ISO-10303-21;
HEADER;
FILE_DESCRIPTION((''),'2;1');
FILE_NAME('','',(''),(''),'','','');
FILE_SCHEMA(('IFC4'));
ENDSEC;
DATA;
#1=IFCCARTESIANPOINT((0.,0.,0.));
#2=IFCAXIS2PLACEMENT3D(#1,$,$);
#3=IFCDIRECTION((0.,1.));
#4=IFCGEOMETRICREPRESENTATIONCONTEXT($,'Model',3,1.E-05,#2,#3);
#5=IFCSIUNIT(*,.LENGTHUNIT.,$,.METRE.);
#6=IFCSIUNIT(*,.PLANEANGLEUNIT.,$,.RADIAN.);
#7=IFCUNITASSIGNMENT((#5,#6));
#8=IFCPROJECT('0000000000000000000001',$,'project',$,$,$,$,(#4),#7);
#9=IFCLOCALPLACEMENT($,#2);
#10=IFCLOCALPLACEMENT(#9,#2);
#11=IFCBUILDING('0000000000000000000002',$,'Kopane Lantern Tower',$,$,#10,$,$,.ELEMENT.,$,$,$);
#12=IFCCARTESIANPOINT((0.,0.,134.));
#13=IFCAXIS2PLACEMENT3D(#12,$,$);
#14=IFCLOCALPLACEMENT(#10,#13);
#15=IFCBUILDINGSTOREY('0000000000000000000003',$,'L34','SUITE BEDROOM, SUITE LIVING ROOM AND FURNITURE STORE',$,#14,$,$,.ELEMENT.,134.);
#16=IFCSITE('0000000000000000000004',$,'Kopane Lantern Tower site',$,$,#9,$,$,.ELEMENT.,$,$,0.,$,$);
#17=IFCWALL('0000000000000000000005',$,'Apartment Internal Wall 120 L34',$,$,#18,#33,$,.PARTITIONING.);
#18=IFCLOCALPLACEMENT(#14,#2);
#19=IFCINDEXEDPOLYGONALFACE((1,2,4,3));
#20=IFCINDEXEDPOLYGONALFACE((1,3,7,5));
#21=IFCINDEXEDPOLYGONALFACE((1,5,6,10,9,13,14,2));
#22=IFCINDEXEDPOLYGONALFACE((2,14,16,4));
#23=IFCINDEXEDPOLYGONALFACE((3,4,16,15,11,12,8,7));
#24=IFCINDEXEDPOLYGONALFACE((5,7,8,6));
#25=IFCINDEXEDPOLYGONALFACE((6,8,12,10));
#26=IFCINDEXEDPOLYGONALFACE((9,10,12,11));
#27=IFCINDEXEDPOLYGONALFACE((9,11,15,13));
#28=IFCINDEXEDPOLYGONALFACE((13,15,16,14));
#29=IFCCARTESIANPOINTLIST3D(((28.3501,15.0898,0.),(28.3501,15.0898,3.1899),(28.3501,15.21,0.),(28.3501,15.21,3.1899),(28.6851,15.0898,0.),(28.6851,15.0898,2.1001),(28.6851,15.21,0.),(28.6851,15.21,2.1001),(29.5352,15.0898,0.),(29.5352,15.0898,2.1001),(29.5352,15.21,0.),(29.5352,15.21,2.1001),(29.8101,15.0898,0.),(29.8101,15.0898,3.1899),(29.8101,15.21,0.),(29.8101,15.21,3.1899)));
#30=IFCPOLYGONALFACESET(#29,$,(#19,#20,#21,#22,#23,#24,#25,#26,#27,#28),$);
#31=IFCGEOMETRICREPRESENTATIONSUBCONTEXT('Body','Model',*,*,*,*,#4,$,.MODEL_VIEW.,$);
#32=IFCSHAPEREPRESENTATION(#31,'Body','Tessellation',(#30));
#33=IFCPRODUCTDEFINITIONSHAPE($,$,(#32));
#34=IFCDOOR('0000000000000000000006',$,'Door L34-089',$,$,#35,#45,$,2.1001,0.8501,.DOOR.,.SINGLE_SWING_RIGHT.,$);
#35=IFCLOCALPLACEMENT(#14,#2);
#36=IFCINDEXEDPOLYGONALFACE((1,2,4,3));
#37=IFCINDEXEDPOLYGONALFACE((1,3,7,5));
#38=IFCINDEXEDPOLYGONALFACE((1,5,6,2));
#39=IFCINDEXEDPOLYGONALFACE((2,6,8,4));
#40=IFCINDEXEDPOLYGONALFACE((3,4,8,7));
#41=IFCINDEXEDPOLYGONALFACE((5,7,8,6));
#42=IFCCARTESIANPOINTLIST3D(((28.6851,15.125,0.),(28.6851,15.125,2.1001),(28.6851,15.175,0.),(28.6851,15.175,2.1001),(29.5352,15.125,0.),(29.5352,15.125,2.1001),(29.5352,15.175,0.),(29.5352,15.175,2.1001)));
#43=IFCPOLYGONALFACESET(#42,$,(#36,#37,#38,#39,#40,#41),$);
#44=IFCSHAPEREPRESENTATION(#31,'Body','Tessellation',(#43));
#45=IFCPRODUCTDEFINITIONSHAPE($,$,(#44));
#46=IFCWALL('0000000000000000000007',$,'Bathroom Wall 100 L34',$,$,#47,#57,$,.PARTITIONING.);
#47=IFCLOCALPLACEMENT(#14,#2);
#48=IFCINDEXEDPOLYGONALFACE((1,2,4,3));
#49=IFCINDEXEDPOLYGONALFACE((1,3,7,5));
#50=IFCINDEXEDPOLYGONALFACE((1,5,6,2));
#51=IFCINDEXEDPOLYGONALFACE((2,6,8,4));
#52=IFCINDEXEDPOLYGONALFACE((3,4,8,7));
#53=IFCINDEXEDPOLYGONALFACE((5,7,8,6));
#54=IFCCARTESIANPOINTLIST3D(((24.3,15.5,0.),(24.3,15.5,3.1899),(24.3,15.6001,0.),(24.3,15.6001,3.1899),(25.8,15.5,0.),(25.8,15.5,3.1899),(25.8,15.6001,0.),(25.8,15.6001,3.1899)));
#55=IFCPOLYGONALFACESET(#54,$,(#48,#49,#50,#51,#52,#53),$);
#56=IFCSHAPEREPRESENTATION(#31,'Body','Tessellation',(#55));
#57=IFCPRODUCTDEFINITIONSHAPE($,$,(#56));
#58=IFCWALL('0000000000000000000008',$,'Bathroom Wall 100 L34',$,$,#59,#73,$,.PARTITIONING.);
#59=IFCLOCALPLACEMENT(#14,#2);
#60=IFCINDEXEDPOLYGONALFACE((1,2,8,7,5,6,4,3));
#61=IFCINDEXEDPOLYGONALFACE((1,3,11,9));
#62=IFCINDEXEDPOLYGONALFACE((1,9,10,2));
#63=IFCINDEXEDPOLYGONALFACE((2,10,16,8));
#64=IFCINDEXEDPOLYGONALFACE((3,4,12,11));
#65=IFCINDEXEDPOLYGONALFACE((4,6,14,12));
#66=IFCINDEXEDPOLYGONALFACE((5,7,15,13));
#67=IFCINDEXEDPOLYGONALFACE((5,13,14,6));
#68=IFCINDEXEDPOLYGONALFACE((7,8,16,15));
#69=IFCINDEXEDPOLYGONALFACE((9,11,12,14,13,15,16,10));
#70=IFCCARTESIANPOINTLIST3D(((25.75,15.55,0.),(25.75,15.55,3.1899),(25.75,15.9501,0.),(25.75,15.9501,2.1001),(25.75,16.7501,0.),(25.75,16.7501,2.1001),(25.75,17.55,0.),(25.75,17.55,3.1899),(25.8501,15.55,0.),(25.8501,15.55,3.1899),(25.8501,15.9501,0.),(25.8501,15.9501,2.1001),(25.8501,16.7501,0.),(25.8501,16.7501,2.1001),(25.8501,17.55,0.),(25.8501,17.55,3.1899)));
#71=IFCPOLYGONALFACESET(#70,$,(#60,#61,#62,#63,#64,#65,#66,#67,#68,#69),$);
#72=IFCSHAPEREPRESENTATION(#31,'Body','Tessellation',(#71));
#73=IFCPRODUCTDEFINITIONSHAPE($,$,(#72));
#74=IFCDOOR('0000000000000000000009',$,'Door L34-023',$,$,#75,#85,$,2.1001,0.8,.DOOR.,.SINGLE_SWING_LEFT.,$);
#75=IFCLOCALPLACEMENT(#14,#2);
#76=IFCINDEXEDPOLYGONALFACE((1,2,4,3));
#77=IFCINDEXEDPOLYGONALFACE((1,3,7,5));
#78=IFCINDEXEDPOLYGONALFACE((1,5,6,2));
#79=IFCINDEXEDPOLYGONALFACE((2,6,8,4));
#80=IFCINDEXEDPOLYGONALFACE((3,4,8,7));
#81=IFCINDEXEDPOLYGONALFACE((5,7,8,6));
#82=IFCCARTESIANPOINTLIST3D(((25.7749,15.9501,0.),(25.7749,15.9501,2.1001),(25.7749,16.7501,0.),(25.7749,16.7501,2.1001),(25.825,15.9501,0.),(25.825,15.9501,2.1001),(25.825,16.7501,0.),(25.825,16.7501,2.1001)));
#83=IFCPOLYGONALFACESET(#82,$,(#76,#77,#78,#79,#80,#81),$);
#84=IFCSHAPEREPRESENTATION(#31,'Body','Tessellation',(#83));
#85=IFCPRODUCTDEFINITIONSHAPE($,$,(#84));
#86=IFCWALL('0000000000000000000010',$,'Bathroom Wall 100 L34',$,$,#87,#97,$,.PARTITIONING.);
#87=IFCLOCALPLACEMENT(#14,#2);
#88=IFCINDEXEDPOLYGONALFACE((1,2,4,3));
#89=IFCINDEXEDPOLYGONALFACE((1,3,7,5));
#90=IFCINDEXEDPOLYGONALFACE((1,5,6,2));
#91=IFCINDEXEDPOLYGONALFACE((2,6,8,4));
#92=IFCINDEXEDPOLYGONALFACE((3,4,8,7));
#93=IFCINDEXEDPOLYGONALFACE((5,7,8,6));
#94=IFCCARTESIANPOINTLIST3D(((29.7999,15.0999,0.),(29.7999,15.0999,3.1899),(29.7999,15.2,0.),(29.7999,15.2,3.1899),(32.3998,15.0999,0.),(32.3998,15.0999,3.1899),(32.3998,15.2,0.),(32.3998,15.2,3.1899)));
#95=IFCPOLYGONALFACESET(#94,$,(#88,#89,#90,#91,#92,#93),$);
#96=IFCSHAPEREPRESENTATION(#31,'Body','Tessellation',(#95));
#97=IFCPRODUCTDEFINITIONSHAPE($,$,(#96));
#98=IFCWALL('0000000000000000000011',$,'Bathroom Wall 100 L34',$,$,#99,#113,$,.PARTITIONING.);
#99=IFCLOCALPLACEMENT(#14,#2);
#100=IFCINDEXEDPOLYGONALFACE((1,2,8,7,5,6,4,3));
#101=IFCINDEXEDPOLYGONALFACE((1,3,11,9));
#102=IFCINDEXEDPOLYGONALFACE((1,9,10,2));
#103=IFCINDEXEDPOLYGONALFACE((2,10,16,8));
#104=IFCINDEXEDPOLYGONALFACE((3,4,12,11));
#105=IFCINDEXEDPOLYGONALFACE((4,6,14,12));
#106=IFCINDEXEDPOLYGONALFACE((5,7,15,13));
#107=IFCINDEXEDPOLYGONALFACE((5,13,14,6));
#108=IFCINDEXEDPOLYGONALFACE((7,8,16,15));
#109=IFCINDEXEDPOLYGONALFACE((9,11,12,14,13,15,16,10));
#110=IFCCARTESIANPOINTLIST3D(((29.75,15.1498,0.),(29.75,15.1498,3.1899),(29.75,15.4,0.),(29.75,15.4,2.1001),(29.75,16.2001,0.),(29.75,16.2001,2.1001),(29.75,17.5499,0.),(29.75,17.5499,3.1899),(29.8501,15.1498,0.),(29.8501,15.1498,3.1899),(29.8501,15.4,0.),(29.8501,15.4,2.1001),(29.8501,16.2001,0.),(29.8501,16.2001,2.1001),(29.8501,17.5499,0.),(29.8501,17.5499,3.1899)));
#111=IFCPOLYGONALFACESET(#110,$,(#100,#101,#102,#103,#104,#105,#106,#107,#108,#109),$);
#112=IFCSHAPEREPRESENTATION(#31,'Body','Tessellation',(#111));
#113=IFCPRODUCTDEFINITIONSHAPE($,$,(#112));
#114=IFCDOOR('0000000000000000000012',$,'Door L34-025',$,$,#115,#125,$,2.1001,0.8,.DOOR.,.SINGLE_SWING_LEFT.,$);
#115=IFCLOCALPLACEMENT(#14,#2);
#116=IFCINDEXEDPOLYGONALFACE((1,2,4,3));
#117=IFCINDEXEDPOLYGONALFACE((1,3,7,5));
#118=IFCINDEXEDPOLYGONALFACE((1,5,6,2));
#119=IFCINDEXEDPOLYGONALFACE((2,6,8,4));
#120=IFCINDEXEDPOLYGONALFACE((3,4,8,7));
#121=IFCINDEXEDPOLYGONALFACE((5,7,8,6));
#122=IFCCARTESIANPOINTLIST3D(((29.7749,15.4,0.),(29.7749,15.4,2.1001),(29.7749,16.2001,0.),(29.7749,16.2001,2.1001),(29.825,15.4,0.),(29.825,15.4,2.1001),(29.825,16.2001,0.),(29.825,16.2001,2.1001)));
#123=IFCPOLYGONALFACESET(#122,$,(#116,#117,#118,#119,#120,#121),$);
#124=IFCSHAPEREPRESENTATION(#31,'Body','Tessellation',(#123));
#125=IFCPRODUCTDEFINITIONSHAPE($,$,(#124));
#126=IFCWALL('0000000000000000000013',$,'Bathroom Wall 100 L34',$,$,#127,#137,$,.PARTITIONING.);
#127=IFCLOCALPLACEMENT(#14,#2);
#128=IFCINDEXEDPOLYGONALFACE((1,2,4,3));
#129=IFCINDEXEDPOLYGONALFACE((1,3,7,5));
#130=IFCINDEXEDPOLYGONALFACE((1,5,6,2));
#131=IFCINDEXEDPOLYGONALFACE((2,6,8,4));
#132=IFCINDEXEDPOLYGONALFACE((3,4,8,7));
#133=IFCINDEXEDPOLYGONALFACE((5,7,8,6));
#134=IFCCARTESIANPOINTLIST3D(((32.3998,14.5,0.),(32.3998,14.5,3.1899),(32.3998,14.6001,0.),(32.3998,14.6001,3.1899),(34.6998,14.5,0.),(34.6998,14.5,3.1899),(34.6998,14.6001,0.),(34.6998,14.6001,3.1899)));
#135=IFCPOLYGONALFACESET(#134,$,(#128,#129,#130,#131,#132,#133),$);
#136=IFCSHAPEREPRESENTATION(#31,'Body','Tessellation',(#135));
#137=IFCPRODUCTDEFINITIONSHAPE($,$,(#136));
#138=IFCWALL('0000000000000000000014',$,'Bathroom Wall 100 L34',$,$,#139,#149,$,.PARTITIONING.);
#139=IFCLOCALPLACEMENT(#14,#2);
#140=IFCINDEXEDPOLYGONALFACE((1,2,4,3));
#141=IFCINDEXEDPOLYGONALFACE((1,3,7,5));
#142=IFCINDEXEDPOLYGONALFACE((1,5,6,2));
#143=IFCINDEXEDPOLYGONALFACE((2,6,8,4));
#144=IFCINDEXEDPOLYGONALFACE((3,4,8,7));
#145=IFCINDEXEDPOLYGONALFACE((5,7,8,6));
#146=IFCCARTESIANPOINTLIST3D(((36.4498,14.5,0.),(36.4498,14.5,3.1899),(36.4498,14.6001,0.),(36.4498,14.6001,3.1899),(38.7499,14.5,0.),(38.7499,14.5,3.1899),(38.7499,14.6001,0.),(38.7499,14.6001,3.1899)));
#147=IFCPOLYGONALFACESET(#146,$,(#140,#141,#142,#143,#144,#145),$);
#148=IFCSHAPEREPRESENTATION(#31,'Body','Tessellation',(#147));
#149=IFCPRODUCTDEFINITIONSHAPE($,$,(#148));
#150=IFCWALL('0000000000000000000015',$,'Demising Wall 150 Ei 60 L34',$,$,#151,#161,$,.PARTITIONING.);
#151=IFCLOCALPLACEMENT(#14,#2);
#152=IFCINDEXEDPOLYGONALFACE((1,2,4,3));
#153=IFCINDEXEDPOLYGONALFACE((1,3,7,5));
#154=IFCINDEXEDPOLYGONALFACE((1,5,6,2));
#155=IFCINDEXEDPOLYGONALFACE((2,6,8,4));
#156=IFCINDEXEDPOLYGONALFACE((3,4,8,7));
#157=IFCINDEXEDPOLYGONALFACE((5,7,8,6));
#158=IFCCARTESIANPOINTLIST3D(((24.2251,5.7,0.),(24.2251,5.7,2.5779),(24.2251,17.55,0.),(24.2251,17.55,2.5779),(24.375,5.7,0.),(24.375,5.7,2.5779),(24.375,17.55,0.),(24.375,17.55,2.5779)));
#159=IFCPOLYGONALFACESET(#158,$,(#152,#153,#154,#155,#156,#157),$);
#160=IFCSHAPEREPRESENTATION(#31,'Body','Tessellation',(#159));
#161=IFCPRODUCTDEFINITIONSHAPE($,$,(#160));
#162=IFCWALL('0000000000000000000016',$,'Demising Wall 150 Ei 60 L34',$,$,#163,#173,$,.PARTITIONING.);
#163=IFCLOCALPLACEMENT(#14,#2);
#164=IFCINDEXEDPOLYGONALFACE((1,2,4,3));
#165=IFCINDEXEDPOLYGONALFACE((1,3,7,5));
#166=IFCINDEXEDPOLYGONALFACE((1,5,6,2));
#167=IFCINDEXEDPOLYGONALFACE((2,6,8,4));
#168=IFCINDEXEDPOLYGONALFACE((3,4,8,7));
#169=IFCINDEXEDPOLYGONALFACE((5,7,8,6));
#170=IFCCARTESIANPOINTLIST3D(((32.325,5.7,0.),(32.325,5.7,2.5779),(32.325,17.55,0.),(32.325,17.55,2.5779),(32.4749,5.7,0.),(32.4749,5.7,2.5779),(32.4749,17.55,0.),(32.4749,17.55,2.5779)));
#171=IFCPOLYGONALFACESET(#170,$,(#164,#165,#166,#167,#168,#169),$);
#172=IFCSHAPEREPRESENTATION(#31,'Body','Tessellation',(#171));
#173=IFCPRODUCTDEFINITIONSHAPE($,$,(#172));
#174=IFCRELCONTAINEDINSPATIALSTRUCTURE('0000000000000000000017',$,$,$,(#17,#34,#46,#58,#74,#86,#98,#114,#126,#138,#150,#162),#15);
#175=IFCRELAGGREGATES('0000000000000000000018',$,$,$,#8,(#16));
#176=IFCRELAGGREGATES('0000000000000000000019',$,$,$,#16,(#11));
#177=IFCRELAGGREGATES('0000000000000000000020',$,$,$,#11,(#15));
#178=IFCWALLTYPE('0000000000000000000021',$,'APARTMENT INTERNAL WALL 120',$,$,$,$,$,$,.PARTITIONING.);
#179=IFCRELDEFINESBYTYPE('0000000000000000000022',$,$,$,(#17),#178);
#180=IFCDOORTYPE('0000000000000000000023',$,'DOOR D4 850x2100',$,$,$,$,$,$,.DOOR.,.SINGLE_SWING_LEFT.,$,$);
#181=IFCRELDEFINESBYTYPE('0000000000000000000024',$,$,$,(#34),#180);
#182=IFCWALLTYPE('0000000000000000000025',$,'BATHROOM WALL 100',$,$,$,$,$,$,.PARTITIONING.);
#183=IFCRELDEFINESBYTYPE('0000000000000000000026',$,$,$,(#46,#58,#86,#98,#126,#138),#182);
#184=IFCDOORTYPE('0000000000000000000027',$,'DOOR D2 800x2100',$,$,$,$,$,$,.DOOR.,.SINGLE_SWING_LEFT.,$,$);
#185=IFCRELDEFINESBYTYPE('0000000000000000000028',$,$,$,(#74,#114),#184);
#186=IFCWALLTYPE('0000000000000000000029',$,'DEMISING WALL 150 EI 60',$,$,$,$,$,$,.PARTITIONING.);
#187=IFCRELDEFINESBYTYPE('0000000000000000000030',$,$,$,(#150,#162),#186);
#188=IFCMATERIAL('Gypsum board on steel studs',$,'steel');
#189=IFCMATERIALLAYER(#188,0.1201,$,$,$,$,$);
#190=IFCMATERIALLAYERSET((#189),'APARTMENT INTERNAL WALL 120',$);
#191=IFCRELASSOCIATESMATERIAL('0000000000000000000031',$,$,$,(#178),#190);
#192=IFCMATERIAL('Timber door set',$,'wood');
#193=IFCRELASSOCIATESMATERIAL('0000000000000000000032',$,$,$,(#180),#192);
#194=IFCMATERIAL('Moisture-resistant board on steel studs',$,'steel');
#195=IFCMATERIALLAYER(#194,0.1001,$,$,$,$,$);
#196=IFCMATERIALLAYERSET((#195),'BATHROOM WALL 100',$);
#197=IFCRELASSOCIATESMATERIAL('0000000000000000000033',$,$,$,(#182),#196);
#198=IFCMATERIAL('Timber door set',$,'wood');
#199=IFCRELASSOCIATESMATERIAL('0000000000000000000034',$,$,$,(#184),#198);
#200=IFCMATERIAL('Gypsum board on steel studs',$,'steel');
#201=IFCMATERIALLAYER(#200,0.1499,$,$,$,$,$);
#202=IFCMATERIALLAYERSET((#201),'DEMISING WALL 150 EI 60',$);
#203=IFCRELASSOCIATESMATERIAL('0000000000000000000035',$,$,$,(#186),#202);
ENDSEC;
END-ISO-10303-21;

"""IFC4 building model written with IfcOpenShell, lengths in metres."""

from ifc_helpers import new_model, si_unit, direction, frame, frame_2d, origin, place, context, subcontext, project, spatial, rectangle, extrude, material, layer, layer_set, type_object, element, fill, save


model = new_model("IFC4")

# Units and contexts
model_context = context("Model", 3, precision=1e-05, world=origin(), true_north=direction((0.0, 1.0)))
body_context = subcontext(model_context, "Body", "Model", "MODEL_VIEW")
ifc_project = project(units=[si_unit("LENGTHUNIT", "METRE"), si_unit("PLANEANGLEUNIT", "RADIAN")], contexts=[model_context])

# Site, building, storey
site_placement = place(None, origin())
site = spatial("IfcSite", under=ifc_project, at=site_placement, Name="Kopane Lantern Tower site", CompositionType="ELEMENT", RefElevation=0.0)
building_placement = place(site_placement, origin())
building = spatial("IfcBuilding", under=site, at=building_placement, Name="Kopane Lantern Tower", CompositionType="ELEMENT")
storey_placement = place(building_placement, frame((0.0, 0.0, 134.0)))
storey = spatial("IfcBuildingStorey", under=building, at=storey_placement, Name="L34", Description="SUITE BEDROOM, SUITE LIVING ROOM AND FURNITURE STORE", CompositionType="ELEMENT", Elevation=134.0)

# Shared definitions
ifc_material_1 = material(Name="Gypsum board on steel studs", Category="steel")
ifc_layer_1 = layer(ifc_material_1, 0.1201)
ifc_layer_set_1 = layer_set([ifc_layer_1], Name="APARTMENT INTERNAL WALL 120")
wall_type_1 = type_object("IfcWallType", Name="APARTMENT INTERNAL WALL 120", PredefinedType="PARTITIONING", material=ifc_layer_set_1)
ifc_material_2 = material(Name="Timber door set", Category="wood")
door_type_1 = type_object("IfcDoorType", Name="DOOR D4 850x2100", OperationType="SINGLE_SWING_LEFT", PredefinedType="DOOR", material=ifc_material_2)

# Wall, opening, door
wall_1_placement = place(storey_placement, frame((29.8101, 15.1499, 0.0), z_axis=(0.0, 0.0, 1.0), x_axis=(-1.0, 0.0, 0.0)))
wall_1 = element("IfcWall", 1, at=wall_1_placement, inside=storey, type_object=wall_type_1, Name="Apartment Internal Wall 120 L34", PredefinedType="PARTITIONING", context=body_context, shape_type="SweptSolid", body=[
    extrude(rectangle(XDim=1.46, YDim=0.1201, at=frame_2d((0.73, 0.0))), origin(), (0.0, 0.0, 1.0), 3.1899),
])
opening_1_placement = place(wall_1_placement, frame((0.2749, 0.0, 0.0)))
opening_1 = element("IfcOpeningElement", 2, at=opening_1_placement, cuts=wall_1, PredefinedType="OPENING", context=body_context, shape_type="SweptSolid", body=[
    extrude(rectangle(XDim=0.8501, YDim=2.1001, at=frame_2d((0.425, 1.05))), frame((0.0, 0.0701, 0.0), z_axis=(0.0, -1.0, 0.0), x_axis=(1.0, 0.0, 0.0)), (0.0, 0.0, 1.0), 0.1401),
])
door_1_placement = place(opening_1_placement, origin())
door_1 = element("IfcDoor", 3, at=door_1_placement, inside=storey, type_object=door_type_1, Name="Door L34-089", OperationType="SINGLE_SWING_RIGHT", OverallHeight=2.1001, OverallWidth=0.8501, PredefinedType="DOOR", context=body_context, shape_type="SweptSolid", body=[
    extrude(rectangle(XDim=0.8501, YDim=2.1001, at=frame_2d((0.425, 1.05))), frame((0.0, 0.0249, 0.0), z_axis=(0.0, -1.0, 0.0), x_axis=(1.0, 0.0, 0.0)), (0.0, 0.0, 1.0), 0.05),
])
fill(opening_1, door_1)

# Wall
ifc_material_3 = material(Name="Moisture-resistant board on steel studs", Category="steel")
ifc_layer_2 = layer(ifc_material_3, 0.1001)
ifc_layer_set_2 = layer_set([ifc_layer_2], Name="BATHROOM WALL 100")
wall_type_2 = type_object("IfcWallType", Name="BATHROOM WALL 100", PredefinedType="PARTITIONING", material=ifc_layer_set_2)
wall_2_placement = place(storey_placement, frame((24.3, 15.55, 0.0), z_axis=(0.0, 0.0, 1.0), x_axis=(1.0, 0.0, 0.0)))
element("IfcWall", 4, at=wall_2_placement, inside=storey, type_object=wall_type_2, Name="Bathroom Wall 100 L34", PredefinedType="PARTITIONING", context=body_context, shape_type="SweptSolid", body=[
    extrude(rectangle(XDim=1.5, YDim=0.1001, at=frame_2d((0.75, 0.0))), origin(), (0.0, 0.0, 1.0), 3.1899),
])

# Wall, opening, door
wall_3_placement = place(storey_placement, frame((25.8, 17.55, 0.0), z_axis=(0.0, 0.0, 1.0), x_axis=(0.0, -1.0, 0.0)))
wall_3 = element("IfcWall", 5, at=wall_3_placement, inside=storey, type_object=wall_type_2, Name="Bathroom Wall 100 L34", PredefinedType="PARTITIONING", context=body_context, shape_type="SweptSolid", body=[
    extrude(rectangle(XDim=2.0, YDim=0.1001, at=frame_2d((1.0, 0.0))), origin(), (0.0, 0.0, 1.0), 3.1899),
])
opening_2_placement = place(wall_3_placement, frame((0.8, 0.0, 0.0)))
opening_2 = element("IfcOpeningElement", 6, at=opening_2_placement, cuts=wall_3, PredefinedType="OPENING", context=body_context, shape_type="SweptSolid", body=[
    extrude(rectangle(XDim=0.8, YDim=2.1001, at=frame_2d((0.3999, 1.05))), frame((0.0, 0.0601, 0.0), z_axis=(0.0, -1.0, 0.0), x_axis=(1.0, 0.0, 0.0)), (0.0, 0.0, 1.0), 0.1201),
])
ifc_material_4 = material(Name="Timber door set", Category="wood")
door_type_2 = type_object("IfcDoorType", Name="DOOR D2 800x2100", OperationType="SINGLE_SWING_LEFT", PredefinedType="DOOR", material=ifc_material_4)
door_2_placement = place(opening_2_placement, origin())
door_2 = element("IfcDoor", 7, at=door_2_placement, inside=storey, type_object=door_type_2, Name="Door L34-023", OperationType="SINGLE_SWING_LEFT", OverallHeight=2.1001, OverallWidth=0.8, PredefinedType="DOOR", context=body_context, shape_type="SweptSolid", body=[
    extrude(rectangle(XDim=0.8, YDim=2.1001, at=frame_2d((0.3999, 1.05))), frame((0.0, 0.0249, 0.0), z_axis=(0.0, -1.0, 0.0), x_axis=(1.0, 0.0, 0.0)), (0.0, 0.0, 1.0), 0.05),
])
fill(opening_2, door_2)

# Wall
wall_4_placement = place(storey_placement, frame((29.8, 15.1499, 0.0), z_axis=(0.0, 0.0, 1.0), x_axis=(1.0, 0.0, 0.0)))
element("IfcWall", 8, at=wall_4_placement, inside=storey, type_object=wall_type_2, Name="Bathroom Wall 100 L34", PredefinedType="PARTITIONING", context=body_context, shape_type="SweptSolid", body=[
    extrude(rectangle(XDim=2.5999, YDim=0.1001, at=frame_2d((1.2998, 0.0))), origin(), (0.0, 0.0, 1.0), 3.1899),
])

# Wall, opening, door
wall_5_placement = place(storey_placement, frame((29.8, 17.55, 0.0), z_axis=(0.0, 0.0, 1.0), x_axis=(0.0, -1.0, 0.0)))
wall_5 = element("IfcWall", 9, at=wall_5_placement, inside=storey, type_object=wall_type_2, Name="Bathroom Wall 100 L34", PredefinedType="PARTITIONING", context=body_context, shape_type="SweptSolid", body=[
    extrude(rectangle(XDim=2.4001, YDim=0.1001, at=frame_2d((1.2002, 0.0))), origin(), (0.0, 0.0, 1.0), 3.1899),
])
opening_3_placement = place(wall_5_placement, frame((1.3501, 0.0, 0.0)))
opening_3 = element("IfcOpeningElement", 10, at=opening_3_placement, cuts=wall_5, PredefinedType="OPENING", context=body_context, shape_type="SweptSolid", body=[
    extrude(rectangle(XDim=0.8, YDim=2.1001, at=frame_2d((0.3999, 1.05))), frame((0.0, 0.0601, 0.0), z_axis=(0.0, -1.0, 0.0), x_axis=(1.0, 0.0, 0.0)), (0.0, 0.0, 1.0), 0.1201),
])
door_3_placement = place(opening_3_placement, origin())
door_3 = element("IfcDoor", 11, at=door_3_placement, inside=storey, type_object=door_type_2, Name="Door L34-025", OperationType="SINGLE_SWING_LEFT", OverallHeight=2.1001, OverallWidth=0.8, PredefinedType="DOOR", context=body_context, shape_type="SweptSolid", body=[
    extrude(rectangle(XDim=0.8, YDim=2.1001, at=frame_2d((0.3999, 1.05))), frame((0.0, 0.0249, 0.0), z_axis=(0.0, -1.0, 0.0), x_axis=(1.0, 0.0, 0.0)), (0.0, 0.0, 1.0), 0.05),
])
fill(opening_3, door_3)

# Walls
for number, where, z_axis, x_axis, name in (
    (12, (32.3999, 14.55, 0.0), (0.0, 0.0, 1.0), (1.0, 0.0, 0.0), "Bathroom Wall 100 L34"),
    (13, (36.45, 14.55, 0.0), (0.0, 0.0, 1.0), (1.0, 0.0, 0.0), "Bathroom Wall 100 L34"),
):
    element("IfcWall", number, at=place(storey_placement, frame(where, z_axis=z_axis, x_axis=x_axis)), inside=storey, type_object=wall_type_2, Name=name, PredefinedType="PARTITIONING", context=body_context, shape_type="SweptSolid", body=[
        extrude(rectangle(XDim=2.3, YDim=0.1001, at=frame_2d((1.1499, 0.0))), origin(), (0.0, 0.0, 1.0), 3.1899),
    ])
ifc_material_5 = material(Name="Gypsum board on steel studs", Category="steel")
ifc_layer_3 = layer(ifc_material_5, 0.1499)
ifc_layer_set_3 = layer_set([ifc_layer_3], Name="DEMISING WALL 150 EI 60")
wall_type_3 = type_object("IfcWallType", Name="DEMISING WALL 150 EI 60", PredefinedType="PARTITIONING", material=ifc_layer_set_3)
for number, where, z_axis, x_axis, name in (
    (14, (24.3, 17.55, 0.0), (0.0, 0.0, 1.0), (0.0, -1.0, 0.0), "Demising Wall 150 Ei 60 L34"),
    (15, (32.3999, 17.55, 0.0), (0.0, 0.0, 1.0), (0.0, -1.0, 0.0), "Demising Wall 150 Ei 60 L34"),
):
    element("IfcWall", number, at=place(storey_placement, frame(where, z_axis=z_axis, x_axis=x_axis)), inside=storey, type_object=wall_type_3, Name=name, PredefinedType="PARTITIONING", context=body_context, shape_type="SweptSolid", body=[
        extrude(rectangle(XDim=11.8501, YDim=0.1499, at=frame_2d((5.925, 0.0))), origin(), (0.0, 0.0, 1.0), 2.5779),
    ])

save(model, "model.ifc")
